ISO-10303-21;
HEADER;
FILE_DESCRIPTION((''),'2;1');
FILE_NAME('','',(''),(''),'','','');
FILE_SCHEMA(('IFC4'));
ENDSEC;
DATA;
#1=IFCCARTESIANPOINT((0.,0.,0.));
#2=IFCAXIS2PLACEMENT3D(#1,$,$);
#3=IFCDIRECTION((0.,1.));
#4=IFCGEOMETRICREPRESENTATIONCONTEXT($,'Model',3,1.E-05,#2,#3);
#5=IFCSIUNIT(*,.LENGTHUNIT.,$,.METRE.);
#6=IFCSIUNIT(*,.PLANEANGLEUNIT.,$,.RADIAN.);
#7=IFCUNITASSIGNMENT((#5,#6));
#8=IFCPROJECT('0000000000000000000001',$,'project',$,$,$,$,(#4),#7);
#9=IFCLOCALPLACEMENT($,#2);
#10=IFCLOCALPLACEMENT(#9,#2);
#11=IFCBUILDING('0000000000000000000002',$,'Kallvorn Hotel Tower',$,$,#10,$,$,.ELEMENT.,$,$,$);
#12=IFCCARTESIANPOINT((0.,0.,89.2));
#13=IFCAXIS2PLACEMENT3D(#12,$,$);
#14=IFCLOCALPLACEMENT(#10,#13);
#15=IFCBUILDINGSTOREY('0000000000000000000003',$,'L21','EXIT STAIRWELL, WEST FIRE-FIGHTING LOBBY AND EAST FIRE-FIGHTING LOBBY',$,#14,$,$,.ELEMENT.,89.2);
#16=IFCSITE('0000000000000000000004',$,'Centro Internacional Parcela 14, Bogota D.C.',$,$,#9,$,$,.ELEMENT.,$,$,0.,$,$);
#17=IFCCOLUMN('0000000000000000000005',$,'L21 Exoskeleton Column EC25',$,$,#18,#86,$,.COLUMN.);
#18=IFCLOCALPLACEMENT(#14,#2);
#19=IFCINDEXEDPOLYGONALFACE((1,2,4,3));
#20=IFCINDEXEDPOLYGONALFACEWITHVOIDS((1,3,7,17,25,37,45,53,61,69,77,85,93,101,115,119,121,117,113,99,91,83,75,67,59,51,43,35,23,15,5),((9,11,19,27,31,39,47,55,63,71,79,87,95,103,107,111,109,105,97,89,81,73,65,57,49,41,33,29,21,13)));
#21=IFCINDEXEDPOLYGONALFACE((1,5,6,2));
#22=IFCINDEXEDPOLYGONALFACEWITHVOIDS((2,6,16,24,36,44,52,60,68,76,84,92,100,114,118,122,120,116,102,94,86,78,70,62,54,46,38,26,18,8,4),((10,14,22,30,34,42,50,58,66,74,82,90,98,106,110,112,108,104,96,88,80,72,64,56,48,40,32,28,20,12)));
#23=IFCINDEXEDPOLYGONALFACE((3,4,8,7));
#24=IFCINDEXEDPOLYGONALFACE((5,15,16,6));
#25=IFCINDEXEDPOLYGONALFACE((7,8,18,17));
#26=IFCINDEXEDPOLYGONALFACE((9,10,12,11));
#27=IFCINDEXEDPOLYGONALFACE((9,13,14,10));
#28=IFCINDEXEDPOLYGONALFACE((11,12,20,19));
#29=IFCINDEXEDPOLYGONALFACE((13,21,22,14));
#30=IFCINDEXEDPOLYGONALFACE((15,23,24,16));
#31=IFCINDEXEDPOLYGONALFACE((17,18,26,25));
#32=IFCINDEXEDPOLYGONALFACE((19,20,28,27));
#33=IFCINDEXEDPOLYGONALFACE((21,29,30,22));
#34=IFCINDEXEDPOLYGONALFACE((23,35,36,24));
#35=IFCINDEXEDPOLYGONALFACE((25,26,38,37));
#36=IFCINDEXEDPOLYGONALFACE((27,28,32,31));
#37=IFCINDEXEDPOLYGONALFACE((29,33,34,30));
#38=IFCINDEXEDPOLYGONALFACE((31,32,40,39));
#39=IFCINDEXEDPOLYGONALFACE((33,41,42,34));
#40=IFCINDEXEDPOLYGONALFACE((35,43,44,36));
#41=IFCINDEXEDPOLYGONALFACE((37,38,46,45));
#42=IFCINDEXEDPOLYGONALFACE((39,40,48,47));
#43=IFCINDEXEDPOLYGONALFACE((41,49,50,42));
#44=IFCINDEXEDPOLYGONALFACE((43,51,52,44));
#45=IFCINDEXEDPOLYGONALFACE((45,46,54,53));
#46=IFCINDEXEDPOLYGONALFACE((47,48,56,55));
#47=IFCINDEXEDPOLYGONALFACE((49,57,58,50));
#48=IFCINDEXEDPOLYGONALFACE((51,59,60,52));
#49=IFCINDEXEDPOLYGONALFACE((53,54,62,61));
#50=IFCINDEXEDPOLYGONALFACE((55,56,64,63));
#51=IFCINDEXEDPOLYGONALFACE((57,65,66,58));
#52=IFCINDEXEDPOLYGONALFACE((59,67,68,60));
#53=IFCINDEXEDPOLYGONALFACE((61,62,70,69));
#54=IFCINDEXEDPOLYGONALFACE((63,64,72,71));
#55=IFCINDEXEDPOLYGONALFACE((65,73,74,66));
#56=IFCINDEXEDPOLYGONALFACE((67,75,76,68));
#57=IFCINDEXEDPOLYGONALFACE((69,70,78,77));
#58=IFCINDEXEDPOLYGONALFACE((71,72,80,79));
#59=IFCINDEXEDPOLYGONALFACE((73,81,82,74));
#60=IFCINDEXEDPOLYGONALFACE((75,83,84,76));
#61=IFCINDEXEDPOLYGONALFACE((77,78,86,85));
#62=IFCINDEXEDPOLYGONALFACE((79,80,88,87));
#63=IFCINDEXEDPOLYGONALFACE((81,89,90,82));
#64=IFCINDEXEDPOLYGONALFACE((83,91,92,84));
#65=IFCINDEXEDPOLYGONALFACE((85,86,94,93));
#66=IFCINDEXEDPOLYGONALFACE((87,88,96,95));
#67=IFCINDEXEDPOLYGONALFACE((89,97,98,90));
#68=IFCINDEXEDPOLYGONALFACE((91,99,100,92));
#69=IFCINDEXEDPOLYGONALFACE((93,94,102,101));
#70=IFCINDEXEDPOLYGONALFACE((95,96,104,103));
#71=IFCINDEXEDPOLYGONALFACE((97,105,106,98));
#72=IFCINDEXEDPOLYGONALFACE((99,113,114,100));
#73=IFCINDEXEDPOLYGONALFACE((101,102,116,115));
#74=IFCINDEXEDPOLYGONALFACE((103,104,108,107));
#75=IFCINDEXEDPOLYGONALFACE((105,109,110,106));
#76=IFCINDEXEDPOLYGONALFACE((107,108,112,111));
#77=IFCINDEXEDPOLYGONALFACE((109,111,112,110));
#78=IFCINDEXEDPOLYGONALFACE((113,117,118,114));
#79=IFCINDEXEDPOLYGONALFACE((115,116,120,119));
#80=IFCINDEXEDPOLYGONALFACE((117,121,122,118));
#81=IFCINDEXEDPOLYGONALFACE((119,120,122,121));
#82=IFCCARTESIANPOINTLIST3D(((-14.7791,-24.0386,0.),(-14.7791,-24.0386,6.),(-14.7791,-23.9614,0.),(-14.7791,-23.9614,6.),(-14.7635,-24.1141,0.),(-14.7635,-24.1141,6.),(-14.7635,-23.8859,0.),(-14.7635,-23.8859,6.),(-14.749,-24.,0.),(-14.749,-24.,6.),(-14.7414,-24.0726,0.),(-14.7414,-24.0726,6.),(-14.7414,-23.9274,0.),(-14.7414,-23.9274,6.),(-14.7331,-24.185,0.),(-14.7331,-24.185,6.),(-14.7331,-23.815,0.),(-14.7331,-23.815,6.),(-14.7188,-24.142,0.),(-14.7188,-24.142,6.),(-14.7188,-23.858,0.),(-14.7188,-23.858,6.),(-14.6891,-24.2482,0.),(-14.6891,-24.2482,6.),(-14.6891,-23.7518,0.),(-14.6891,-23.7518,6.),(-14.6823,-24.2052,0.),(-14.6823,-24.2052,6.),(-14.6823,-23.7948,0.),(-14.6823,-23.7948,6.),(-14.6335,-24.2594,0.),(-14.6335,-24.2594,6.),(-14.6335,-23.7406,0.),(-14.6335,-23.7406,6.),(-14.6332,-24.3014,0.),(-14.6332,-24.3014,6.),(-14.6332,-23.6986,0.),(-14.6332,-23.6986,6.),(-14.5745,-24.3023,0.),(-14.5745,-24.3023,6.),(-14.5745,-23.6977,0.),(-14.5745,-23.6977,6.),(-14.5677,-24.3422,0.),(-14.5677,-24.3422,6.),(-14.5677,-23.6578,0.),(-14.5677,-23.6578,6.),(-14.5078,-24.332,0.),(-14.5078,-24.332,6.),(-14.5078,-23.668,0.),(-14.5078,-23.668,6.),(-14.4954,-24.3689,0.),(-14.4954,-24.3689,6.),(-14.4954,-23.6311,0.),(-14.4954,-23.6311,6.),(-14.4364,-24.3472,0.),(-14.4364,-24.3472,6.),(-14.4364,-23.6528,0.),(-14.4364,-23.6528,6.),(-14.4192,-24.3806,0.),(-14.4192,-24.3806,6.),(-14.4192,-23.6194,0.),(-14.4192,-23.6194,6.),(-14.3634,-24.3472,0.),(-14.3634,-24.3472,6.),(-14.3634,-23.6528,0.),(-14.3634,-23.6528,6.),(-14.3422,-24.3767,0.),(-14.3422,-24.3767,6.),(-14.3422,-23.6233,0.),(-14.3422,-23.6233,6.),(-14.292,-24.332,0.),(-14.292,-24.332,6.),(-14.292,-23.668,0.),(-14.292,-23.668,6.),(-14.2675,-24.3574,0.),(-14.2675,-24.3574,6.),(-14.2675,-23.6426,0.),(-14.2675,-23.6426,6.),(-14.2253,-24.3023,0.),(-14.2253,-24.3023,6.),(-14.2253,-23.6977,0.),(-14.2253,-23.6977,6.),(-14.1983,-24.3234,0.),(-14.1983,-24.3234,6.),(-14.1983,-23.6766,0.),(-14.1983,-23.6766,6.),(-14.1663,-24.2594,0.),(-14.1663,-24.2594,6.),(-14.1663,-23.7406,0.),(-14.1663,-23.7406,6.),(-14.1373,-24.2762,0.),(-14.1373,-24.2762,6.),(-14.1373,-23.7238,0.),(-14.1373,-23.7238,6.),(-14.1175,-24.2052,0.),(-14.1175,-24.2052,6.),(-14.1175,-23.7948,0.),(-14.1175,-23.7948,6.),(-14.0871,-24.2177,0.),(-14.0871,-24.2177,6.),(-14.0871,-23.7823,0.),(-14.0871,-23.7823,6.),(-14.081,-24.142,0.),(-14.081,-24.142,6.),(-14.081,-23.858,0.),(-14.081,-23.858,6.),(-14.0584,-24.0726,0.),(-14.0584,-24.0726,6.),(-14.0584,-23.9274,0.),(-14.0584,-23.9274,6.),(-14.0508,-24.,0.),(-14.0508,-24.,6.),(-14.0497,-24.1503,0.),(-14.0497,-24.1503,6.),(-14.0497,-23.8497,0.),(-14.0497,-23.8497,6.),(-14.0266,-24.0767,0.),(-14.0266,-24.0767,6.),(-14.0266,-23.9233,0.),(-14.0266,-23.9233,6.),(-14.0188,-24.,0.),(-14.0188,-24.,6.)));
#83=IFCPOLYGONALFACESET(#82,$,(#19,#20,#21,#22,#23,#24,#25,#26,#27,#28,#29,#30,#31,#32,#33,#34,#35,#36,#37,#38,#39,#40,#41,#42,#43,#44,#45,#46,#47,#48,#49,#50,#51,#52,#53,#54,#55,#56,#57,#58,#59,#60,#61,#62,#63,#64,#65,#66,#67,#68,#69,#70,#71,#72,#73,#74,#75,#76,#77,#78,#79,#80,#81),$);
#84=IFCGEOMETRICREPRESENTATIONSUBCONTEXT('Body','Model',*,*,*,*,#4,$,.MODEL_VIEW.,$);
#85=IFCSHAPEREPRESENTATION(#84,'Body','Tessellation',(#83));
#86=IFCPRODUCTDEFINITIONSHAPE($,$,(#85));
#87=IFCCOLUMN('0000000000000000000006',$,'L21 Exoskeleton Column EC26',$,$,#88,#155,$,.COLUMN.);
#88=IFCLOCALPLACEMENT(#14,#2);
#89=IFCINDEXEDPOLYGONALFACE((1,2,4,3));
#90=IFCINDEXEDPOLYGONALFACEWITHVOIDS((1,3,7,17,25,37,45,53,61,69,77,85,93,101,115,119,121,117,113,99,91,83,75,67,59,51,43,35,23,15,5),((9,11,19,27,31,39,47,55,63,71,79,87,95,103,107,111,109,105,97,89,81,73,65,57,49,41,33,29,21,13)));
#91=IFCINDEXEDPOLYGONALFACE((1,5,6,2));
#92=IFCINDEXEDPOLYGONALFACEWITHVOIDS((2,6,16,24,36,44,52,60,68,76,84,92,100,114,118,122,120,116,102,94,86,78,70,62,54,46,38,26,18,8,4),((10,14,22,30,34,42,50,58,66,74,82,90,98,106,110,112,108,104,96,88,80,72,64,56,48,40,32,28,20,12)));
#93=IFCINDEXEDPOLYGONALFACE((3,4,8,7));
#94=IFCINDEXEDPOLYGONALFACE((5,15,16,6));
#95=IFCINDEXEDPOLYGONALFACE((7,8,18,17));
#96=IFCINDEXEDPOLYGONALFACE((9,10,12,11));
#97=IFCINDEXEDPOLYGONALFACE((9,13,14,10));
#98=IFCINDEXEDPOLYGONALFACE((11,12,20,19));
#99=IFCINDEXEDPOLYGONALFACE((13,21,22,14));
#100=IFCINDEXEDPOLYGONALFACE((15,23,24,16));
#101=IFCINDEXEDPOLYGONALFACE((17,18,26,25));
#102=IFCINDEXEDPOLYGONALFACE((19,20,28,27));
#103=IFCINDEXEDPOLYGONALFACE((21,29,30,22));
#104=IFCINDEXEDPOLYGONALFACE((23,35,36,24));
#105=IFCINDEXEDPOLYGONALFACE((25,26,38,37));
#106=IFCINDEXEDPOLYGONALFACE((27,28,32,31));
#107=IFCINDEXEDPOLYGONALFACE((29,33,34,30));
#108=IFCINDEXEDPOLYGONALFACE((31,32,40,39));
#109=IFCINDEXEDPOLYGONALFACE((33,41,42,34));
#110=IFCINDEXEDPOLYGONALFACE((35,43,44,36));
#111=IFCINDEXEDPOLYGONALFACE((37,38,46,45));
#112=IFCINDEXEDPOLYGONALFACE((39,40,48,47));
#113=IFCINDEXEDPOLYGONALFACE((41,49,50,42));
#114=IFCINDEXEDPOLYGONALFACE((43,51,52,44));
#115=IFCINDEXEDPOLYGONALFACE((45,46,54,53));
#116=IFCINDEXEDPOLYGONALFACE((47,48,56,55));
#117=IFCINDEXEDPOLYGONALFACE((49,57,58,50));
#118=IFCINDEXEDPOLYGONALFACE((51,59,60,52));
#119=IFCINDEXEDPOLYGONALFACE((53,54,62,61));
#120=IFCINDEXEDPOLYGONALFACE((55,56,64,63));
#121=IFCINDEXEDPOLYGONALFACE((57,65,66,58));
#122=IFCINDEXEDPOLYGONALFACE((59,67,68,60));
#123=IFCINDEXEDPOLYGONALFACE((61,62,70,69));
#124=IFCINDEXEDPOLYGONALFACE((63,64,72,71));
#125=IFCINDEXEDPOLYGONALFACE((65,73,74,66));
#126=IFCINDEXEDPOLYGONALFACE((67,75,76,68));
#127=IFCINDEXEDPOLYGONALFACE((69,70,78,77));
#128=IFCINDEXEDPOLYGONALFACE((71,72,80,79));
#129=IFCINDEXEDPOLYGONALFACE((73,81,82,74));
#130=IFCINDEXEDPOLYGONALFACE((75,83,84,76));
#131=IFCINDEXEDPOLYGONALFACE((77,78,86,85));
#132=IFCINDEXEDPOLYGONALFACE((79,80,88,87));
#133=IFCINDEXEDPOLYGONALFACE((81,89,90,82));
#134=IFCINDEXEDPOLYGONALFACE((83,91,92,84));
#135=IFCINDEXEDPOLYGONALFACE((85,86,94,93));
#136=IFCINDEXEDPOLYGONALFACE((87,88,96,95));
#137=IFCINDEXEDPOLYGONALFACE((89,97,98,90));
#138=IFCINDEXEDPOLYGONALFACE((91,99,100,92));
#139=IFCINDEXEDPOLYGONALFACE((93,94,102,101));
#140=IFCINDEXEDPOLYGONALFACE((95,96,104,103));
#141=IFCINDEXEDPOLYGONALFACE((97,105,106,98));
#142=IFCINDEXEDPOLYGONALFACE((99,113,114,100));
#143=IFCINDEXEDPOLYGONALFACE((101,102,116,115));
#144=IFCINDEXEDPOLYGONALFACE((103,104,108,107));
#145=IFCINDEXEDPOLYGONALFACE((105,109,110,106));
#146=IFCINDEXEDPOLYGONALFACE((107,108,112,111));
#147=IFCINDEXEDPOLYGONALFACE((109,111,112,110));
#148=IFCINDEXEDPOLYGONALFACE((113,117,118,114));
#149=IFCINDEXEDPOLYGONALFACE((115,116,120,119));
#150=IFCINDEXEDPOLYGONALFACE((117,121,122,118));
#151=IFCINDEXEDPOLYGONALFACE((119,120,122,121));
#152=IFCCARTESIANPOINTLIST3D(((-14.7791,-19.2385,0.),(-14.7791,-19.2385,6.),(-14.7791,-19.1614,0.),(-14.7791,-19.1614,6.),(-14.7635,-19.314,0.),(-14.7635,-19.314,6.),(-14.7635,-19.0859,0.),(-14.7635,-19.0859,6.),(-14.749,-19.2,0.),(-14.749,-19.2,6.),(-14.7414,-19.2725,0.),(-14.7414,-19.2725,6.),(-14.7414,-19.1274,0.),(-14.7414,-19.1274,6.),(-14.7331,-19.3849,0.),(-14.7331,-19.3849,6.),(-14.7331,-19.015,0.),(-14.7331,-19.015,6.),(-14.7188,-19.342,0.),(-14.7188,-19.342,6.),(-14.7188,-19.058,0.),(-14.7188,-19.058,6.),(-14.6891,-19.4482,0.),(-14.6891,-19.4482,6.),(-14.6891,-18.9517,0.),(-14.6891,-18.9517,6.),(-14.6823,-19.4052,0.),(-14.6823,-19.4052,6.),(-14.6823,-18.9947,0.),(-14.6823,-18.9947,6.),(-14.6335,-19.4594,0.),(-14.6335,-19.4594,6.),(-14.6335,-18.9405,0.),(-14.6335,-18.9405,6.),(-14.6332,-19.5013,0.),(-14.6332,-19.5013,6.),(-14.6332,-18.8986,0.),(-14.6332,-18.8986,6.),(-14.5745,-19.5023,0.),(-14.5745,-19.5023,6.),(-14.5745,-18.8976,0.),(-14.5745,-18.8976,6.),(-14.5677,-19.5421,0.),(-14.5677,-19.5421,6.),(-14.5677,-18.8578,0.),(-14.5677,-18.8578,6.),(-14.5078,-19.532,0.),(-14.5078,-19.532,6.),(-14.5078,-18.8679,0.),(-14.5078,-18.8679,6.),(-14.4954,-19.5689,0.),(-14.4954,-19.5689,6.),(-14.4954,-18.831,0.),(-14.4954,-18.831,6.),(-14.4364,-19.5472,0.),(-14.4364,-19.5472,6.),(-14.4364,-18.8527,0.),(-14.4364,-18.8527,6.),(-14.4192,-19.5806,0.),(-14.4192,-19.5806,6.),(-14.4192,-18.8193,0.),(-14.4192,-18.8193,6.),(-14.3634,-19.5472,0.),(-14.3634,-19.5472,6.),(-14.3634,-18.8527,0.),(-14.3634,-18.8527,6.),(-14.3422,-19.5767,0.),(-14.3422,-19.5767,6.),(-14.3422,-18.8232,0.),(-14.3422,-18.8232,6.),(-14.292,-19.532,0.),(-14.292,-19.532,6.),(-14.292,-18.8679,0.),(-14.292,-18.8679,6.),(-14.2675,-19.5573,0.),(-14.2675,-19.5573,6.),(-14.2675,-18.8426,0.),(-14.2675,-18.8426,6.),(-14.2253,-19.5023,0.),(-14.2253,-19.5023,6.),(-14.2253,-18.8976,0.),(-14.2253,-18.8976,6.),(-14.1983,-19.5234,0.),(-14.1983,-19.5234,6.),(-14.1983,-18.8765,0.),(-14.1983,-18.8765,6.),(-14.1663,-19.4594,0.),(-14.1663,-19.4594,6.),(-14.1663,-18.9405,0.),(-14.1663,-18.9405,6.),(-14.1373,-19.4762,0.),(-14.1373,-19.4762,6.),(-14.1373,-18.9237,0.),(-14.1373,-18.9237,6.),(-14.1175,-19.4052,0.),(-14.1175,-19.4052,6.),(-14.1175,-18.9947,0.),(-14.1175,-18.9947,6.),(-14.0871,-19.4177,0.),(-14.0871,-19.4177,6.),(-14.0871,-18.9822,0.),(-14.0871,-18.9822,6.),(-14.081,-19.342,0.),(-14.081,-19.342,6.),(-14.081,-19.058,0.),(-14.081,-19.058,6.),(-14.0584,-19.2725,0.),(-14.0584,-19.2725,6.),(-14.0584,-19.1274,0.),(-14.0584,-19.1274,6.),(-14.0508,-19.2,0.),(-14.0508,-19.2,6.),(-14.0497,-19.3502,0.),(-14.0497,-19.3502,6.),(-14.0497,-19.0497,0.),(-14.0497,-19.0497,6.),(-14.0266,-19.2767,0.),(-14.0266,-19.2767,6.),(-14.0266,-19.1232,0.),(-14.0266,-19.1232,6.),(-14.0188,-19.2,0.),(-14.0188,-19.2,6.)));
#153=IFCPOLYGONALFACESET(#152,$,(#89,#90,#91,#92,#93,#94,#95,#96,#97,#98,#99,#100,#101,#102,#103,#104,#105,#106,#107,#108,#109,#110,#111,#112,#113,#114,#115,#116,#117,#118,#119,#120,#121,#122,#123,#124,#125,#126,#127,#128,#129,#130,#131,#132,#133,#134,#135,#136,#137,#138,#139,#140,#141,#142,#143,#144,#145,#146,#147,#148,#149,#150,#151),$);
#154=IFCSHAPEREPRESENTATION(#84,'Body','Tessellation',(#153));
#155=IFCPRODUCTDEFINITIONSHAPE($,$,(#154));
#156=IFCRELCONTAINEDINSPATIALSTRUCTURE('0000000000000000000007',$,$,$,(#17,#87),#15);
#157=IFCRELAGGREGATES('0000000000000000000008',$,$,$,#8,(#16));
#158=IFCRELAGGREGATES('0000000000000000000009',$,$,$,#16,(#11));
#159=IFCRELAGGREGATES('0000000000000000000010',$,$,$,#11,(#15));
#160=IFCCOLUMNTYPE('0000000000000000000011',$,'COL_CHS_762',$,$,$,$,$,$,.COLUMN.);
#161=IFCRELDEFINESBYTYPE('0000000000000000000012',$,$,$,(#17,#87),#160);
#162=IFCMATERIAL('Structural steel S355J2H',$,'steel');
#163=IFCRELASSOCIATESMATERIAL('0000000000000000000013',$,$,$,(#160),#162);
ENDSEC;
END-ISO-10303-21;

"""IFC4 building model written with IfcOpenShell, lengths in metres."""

from ifc_helpers import new_model, si_unit, direction, frame, origin, origin_2d, place, context, subcontext, project, spatial, hollow_circle, extrude, material, material_profile, profile_set, type_object, element, save


model = new_model("IFC4")

# Units and contexts
model_context = context("Model", 3, precision=1e-05, world=origin(), true_north=direction((0.0, 1.0)))
body_context = subcontext(model_context, "Body", "Model", "MODEL_VIEW")
ifc_project = project(units=[si_unit("LENGTHUNIT", "METRE"), si_unit("PLANEANGLEUNIT", "RADIAN")], contexts=[model_context])

# Site, building, storey
site_placement = place(None, origin())
site = spatial("IfcSite", under=ifc_project, at=site_placement, Name="Centro Internacional Parcela 14, Bogota D.C.", CompositionType="ELEMENT", RefElevation=0.0)
building_placement = place(site_placement, origin())
building = spatial("IfcBuilding", under=site, at=building_placement, Name="Kallvorn Hotel Tower", CompositionType="ELEMENT")
storey_placement = place(building_placement, frame((0.0, 0.0, 89.2)))
storey = spatial("IfcBuildingStorey", under=building, at=storey_placement, Name="L21", Description="EXIT STAIRWELL, WEST FIRE-FIGHTING LOBBY AND EAST FIRE-FIGHTING LOBBY", CompositionType="ELEMENT", Elevation=89.2)

# Columns
ifc_material_1 = material(Name="Structural steel S355J2H", Category="steel")
ifc_material_profile_1 = material_profile(ifc_material_1, hollow_circle(Radius=0.3811, WallThickness=0.032, at=origin_2d()), Name="CHS 762x32")
ifc_profile_set_1 = profile_set([ifc_material_profile_1], Name="Structural steel S355J2H")
column_type_1 = type_object("IfcColumnType", Name="COL_CHS_762", PredefinedType="COLUMN", material=ifc_profile_set_1)
for number, where, z_axis, x_axis, name in (
    (1, (-14.3999, -24.0, 0.0), (0.0, 0.0, 1.0), (1.0, 0.0, 0.0), "L21 Exoskeleton Column EC25"),
    (2, (-14.3999, -19.2, 0.0), (0.0, 0.0, 1.0), (1.0, 0.0, 0.0), "L21 Exoskeleton Column EC26"),
):
    element("IfcColumn", number, at=place(storey_placement, frame(where, z_axis=z_axis, x_axis=x_axis)), inside=storey, type_object=column_type_1, Name=name, PredefinedType="COLUMN", context=body_context, shape_type="SweptSolid", body=[
        extrude(hollow_circle(Radius=0.3811, WallThickness=0.032, at=origin_2d()), origin(), (0.0, 0.0, 1.0), 6.0),
    ])

save(model, "model.ifc")
